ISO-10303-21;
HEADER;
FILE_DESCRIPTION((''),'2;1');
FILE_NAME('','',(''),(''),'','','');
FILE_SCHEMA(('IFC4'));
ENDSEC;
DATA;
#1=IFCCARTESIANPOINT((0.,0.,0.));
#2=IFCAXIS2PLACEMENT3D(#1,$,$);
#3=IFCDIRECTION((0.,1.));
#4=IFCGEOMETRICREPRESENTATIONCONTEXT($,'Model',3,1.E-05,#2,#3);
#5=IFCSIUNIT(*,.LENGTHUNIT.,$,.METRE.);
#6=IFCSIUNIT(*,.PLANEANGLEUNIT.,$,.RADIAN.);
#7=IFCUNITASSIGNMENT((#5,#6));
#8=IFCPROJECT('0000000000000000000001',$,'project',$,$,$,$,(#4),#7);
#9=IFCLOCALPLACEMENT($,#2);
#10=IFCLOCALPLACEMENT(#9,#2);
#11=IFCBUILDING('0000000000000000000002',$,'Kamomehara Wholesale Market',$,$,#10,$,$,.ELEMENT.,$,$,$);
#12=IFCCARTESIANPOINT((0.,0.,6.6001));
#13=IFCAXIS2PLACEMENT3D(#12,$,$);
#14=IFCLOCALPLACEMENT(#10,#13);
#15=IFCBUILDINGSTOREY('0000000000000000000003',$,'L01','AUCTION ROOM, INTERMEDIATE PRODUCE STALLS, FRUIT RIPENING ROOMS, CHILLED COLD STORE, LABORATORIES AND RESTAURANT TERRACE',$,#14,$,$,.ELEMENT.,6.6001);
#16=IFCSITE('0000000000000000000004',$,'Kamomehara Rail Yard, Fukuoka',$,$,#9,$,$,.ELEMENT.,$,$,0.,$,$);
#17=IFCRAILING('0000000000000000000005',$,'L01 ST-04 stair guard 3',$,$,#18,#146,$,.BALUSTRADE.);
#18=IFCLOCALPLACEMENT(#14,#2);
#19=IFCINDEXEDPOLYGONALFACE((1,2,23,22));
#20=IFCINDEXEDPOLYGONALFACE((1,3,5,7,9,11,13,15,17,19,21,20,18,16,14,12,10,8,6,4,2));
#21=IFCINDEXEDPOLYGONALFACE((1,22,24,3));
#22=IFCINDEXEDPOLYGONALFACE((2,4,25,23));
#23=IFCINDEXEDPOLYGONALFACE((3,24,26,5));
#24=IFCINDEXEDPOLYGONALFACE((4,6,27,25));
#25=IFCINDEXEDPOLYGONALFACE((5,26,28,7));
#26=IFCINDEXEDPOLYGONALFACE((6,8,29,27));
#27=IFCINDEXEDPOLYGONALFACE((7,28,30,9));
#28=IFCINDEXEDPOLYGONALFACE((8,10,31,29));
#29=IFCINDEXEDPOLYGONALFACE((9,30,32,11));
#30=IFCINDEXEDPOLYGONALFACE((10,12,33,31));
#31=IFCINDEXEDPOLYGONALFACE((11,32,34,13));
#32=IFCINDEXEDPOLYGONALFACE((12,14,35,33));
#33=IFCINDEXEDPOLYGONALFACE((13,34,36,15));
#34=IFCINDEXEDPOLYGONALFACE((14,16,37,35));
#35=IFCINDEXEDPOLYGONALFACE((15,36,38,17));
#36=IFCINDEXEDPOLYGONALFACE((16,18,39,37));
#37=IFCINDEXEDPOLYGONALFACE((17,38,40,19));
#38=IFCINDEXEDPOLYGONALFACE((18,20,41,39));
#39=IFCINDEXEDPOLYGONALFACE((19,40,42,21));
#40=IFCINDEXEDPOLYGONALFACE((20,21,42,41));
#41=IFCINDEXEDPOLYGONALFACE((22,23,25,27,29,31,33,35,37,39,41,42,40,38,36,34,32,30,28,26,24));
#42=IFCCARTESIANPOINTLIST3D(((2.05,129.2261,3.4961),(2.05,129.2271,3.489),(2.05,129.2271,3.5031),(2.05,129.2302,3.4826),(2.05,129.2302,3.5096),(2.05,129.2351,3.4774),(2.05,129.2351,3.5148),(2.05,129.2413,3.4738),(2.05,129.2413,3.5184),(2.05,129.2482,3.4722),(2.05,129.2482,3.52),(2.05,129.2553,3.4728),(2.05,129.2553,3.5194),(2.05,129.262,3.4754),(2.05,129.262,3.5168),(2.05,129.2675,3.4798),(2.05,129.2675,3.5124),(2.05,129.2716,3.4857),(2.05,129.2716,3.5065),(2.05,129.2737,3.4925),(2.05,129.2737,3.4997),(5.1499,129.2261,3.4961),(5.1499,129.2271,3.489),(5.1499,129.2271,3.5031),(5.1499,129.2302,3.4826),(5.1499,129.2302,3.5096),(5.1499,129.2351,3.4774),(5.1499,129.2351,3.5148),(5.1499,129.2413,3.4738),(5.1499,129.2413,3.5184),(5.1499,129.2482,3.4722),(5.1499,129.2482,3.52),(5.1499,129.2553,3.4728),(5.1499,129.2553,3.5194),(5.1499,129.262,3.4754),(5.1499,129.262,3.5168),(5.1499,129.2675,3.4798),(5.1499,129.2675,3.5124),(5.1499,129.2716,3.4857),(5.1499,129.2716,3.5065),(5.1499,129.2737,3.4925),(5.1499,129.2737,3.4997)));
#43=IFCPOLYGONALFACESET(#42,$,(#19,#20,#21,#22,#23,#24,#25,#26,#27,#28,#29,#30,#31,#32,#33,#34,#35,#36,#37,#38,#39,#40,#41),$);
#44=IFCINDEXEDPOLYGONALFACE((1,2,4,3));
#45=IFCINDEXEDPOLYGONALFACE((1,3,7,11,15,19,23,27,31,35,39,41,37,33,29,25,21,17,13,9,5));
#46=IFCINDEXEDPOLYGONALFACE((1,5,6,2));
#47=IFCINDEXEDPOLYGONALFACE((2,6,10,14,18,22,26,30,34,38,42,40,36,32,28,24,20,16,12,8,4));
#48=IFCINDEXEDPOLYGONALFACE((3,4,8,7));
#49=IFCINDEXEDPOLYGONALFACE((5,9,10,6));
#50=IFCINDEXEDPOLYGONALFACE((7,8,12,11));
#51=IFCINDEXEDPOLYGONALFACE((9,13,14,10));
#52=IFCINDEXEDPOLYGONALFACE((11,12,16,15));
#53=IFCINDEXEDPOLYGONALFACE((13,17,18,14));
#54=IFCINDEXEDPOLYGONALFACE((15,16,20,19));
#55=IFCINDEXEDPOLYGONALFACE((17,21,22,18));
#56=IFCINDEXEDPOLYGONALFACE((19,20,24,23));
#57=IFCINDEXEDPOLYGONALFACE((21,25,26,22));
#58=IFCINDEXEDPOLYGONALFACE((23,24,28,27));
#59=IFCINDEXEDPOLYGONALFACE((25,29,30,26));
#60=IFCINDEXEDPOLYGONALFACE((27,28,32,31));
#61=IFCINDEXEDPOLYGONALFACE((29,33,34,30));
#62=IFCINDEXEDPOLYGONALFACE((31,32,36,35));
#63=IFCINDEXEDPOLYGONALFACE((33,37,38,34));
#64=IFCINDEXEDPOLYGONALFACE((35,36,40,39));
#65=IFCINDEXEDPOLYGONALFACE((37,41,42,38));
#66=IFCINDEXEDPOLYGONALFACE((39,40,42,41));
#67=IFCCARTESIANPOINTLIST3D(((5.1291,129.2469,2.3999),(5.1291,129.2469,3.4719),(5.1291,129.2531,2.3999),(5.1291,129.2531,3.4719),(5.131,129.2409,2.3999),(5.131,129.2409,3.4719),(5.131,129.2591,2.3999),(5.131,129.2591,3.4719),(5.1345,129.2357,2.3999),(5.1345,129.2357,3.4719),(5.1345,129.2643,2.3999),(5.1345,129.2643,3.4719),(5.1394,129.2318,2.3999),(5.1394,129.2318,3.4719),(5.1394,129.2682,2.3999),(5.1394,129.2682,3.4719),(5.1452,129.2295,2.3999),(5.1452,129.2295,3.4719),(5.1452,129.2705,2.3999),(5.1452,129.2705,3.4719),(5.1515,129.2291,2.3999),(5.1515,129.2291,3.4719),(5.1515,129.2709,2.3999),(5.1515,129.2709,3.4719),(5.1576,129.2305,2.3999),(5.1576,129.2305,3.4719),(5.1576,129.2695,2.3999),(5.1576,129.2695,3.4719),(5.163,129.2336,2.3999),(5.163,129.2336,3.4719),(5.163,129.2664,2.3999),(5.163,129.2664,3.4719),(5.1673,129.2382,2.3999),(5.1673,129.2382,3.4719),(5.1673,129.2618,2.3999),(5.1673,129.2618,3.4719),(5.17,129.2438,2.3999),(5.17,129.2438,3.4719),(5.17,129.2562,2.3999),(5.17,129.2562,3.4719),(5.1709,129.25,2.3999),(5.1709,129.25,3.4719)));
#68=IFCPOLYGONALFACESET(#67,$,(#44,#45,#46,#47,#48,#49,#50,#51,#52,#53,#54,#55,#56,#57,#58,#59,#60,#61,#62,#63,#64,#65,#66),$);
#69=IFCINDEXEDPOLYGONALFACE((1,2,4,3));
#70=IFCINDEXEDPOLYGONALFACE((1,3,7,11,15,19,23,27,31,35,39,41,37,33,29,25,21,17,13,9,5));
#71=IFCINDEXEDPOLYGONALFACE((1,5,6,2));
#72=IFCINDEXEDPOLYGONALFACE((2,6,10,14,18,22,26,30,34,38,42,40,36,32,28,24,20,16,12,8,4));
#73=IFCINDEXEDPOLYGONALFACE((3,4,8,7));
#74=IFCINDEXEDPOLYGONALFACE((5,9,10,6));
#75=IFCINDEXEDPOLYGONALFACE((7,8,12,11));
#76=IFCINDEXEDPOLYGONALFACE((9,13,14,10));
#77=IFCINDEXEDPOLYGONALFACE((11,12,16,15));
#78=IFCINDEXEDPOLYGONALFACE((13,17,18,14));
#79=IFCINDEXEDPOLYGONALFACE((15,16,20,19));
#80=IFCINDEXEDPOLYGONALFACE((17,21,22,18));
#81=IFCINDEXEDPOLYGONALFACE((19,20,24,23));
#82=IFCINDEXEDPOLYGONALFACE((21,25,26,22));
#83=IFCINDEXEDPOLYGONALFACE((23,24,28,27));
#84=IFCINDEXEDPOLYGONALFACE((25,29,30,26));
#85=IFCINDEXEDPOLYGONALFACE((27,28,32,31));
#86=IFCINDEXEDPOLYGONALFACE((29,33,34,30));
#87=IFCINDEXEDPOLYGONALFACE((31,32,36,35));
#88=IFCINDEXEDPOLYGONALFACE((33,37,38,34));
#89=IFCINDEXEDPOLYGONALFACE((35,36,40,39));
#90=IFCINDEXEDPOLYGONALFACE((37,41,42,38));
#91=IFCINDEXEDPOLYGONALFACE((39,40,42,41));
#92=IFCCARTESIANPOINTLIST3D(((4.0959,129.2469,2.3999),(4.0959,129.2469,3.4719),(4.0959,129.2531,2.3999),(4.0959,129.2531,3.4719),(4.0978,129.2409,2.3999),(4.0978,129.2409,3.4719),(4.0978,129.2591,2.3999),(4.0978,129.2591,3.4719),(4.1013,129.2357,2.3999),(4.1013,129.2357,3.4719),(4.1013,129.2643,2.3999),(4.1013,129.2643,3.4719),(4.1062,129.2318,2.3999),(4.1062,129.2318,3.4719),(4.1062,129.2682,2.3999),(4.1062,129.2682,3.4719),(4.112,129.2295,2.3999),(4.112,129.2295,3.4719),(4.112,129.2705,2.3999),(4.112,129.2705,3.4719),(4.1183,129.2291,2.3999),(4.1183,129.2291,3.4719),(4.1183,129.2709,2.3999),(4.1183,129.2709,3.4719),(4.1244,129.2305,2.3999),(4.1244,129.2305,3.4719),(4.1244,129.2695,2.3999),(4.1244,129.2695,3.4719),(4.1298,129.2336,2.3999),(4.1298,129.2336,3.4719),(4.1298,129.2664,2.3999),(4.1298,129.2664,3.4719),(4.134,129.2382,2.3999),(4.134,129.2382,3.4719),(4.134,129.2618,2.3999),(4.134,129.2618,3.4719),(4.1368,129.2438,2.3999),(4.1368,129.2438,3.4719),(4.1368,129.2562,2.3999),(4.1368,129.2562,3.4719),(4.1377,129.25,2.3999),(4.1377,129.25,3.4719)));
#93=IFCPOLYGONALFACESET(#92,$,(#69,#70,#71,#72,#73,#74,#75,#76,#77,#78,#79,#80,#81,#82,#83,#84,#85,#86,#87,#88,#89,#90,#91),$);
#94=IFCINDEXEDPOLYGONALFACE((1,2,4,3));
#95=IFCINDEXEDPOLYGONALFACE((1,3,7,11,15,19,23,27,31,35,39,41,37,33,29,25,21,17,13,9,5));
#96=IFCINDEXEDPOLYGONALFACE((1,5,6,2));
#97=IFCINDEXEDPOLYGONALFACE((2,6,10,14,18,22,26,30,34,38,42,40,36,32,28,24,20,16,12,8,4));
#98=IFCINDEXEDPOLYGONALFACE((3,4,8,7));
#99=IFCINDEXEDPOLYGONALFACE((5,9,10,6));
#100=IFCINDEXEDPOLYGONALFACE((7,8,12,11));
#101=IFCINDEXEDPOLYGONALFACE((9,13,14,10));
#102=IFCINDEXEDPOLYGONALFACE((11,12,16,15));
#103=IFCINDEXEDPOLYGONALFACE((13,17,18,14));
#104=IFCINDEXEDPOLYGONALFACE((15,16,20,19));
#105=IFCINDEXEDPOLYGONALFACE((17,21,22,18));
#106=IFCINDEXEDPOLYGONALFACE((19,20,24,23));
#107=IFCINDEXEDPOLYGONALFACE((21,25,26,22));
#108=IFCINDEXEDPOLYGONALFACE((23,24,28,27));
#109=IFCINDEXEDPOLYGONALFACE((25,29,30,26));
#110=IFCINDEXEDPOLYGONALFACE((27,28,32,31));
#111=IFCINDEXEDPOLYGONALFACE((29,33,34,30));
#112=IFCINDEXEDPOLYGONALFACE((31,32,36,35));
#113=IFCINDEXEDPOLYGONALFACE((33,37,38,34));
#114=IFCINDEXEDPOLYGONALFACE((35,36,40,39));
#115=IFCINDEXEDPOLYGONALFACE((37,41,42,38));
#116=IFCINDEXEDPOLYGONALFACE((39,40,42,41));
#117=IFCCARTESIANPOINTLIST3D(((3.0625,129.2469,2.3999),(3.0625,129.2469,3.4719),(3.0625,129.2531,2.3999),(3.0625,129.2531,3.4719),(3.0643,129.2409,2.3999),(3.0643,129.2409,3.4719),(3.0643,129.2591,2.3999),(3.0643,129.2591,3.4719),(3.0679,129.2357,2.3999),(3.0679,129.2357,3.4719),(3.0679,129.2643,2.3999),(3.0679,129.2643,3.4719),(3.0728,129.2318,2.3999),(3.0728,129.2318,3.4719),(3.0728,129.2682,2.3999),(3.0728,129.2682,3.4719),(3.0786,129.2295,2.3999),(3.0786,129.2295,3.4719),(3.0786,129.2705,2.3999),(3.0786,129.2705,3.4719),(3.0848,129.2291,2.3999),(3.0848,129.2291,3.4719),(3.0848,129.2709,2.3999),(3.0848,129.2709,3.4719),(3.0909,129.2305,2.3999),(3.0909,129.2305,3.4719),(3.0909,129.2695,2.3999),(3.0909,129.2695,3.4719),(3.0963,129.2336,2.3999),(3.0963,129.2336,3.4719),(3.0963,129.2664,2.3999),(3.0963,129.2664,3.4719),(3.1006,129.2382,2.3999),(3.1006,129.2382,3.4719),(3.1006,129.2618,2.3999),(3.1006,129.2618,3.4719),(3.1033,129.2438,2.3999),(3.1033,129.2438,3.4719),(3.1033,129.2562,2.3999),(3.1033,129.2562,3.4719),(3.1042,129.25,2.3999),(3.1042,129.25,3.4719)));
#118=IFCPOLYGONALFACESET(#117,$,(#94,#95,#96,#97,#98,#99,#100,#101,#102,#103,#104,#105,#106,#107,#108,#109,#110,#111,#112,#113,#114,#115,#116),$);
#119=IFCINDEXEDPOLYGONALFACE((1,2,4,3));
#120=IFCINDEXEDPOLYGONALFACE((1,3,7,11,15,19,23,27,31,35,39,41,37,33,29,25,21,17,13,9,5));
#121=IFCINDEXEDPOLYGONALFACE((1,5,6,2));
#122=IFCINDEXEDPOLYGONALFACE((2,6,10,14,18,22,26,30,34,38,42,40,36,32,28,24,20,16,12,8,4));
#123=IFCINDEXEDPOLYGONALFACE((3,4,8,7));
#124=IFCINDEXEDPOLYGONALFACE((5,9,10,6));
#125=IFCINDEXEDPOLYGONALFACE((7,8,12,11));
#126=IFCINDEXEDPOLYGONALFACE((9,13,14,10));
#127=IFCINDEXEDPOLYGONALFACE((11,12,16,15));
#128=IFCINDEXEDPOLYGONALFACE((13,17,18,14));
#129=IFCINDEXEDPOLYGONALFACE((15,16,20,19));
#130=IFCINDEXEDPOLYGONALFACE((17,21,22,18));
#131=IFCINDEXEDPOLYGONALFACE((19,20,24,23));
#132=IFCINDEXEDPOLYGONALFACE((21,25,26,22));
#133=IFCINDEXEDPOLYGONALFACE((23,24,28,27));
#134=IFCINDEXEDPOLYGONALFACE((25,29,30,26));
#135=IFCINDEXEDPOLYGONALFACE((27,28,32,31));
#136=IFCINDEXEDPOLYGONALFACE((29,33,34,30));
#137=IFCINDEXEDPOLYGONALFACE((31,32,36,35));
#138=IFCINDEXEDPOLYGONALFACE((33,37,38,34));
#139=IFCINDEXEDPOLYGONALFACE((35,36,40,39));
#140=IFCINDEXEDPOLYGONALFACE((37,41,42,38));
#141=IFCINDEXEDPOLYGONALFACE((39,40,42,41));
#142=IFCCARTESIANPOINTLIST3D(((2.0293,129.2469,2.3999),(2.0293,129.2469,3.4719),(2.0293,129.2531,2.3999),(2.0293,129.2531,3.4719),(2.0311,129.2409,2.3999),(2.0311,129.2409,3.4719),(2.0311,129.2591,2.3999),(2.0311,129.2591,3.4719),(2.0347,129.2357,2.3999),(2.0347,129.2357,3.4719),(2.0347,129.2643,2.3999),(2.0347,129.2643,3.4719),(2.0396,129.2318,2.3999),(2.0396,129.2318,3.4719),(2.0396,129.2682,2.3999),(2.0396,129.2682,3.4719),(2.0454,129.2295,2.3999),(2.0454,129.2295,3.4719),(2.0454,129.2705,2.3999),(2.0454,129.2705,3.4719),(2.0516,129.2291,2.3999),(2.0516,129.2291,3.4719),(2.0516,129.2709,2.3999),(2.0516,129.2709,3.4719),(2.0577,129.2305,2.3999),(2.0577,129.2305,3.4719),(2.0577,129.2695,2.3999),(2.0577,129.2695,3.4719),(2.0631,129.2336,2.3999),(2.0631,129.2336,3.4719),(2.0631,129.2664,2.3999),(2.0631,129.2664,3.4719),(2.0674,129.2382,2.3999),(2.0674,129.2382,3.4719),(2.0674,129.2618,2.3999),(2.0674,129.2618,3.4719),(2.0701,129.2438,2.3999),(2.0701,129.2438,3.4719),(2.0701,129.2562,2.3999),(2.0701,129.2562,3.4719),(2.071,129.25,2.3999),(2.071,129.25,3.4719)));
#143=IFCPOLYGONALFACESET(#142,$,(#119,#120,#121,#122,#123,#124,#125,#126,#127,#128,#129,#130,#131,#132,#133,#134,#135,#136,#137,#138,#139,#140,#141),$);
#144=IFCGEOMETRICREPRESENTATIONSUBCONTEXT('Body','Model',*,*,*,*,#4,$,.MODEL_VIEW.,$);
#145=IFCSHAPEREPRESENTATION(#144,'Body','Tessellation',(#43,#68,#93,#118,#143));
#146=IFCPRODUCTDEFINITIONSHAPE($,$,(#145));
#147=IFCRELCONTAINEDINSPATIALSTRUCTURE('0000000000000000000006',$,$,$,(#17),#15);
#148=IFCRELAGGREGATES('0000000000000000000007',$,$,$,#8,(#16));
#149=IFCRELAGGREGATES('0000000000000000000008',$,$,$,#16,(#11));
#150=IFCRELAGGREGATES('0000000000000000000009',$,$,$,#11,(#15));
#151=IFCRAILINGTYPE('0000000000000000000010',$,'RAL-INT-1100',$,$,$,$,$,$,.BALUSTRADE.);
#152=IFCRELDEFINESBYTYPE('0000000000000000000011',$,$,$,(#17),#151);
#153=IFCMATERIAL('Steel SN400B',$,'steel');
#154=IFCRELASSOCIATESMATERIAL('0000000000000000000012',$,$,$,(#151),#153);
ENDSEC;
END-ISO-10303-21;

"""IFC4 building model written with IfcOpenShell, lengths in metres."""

from ifc_helpers import new_model, si_unit, direction, frame, origin, origin_2d, place, context, subcontext, project, spatial, circle, extrude, material, type_object, element, save


model = new_model("IFC4")

# Units and contexts
model_context = context("Model", 3, precision=1e-05, world=origin(), true_north=direction((0.0, 1.0)))
body_context = subcontext(model_context, "Body", "Model", "MODEL_VIEW")
ifc_project = project(units=[si_unit("LENGTHUNIT", "METRE"), si_unit("PLANEANGLEUNIT", "RADIAN")], contexts=[model_context])

# Site, building, storey
site_placement = place(None, origin())
site = spatial("IfcSite", under=ifc_project, at=site_placement, Name="Kamomehara Rail Yard, Fukuoka", CompositionType="ELEMENT", RefElevation=0.0)
building_placement = place(site_placement, origin())
building = spatial("IfcBuilding", under=site, at=building_placement, Name="Kamomehara Wholesale Market", CompositionType="ELEMENT")
storey_placement = place(building_placement, frame((0.0, 0.0, 6.6001)))
storey = spatial("IfcBuildingStorey", under=building, at=storey_placement, Name="L01", Description="AUCTION ROOM, INTERMEDIATE PRODUCE STALLS, FRUIT RIPENING ROOMS, CHILLED COLD STORE, LABORATORIES AND RESTAURANT TERRACE", CompositionType="ELEMENT", Elevation=6.6001)

# Railing
ifc_material_1 = material(Name="Steel SN400B", Category="steel")
railing_type_1 = type_object("IfcRailingType", Name="RAL-INT-1100", PredefinedType="BALUSTRADE", material=ifc_material_1)
for number, where, name in (
    (1, (5.1499, 129.25, 2.3999), "L01 ST-04 stair guard 3"),
):
    element("IfcRailing", number, at=place(storey_placement, frame(where)), inside=storey, type_object=railing_type_1, Name=name, PredefinedType="BALUSTRADE", context=body_context, shape_type="SweptSolid", body=[
        extrude(circle(Radius=0.0239, at=origin_2d()), frame((0.0, 0.0, 1.0962), z_axis=(-1.0, 0.0, 0.0), x_axis=(0.0, -1.0, 0.0)), (0.0, 0.0, 1.0), 3.0999),
        extrude(circle(Radius=0.021, at=origin_2d()), origin(), (0.0, 0.0, 1.0), 1.072),
        extrude(circle(Radius=0.021, at=origin_2d()), frame((-1.0332, 0.0, 0.0)), (0.0, 0.0, 1.0), 1.072),
        extrude(circle(Radius=0.021, at=origin_2d()), frame((-2.0667, 0.0, 0.0)), (0.0, 0.0, 1.0), 1.072),
        extrude(circle(Radius=0.021, at=origin_2d()), frame((-3.0999, 0.0, 0.0)), (0.0, 0.0, 1.0), 1.072),
    ])

save(model, "model.ifc")
